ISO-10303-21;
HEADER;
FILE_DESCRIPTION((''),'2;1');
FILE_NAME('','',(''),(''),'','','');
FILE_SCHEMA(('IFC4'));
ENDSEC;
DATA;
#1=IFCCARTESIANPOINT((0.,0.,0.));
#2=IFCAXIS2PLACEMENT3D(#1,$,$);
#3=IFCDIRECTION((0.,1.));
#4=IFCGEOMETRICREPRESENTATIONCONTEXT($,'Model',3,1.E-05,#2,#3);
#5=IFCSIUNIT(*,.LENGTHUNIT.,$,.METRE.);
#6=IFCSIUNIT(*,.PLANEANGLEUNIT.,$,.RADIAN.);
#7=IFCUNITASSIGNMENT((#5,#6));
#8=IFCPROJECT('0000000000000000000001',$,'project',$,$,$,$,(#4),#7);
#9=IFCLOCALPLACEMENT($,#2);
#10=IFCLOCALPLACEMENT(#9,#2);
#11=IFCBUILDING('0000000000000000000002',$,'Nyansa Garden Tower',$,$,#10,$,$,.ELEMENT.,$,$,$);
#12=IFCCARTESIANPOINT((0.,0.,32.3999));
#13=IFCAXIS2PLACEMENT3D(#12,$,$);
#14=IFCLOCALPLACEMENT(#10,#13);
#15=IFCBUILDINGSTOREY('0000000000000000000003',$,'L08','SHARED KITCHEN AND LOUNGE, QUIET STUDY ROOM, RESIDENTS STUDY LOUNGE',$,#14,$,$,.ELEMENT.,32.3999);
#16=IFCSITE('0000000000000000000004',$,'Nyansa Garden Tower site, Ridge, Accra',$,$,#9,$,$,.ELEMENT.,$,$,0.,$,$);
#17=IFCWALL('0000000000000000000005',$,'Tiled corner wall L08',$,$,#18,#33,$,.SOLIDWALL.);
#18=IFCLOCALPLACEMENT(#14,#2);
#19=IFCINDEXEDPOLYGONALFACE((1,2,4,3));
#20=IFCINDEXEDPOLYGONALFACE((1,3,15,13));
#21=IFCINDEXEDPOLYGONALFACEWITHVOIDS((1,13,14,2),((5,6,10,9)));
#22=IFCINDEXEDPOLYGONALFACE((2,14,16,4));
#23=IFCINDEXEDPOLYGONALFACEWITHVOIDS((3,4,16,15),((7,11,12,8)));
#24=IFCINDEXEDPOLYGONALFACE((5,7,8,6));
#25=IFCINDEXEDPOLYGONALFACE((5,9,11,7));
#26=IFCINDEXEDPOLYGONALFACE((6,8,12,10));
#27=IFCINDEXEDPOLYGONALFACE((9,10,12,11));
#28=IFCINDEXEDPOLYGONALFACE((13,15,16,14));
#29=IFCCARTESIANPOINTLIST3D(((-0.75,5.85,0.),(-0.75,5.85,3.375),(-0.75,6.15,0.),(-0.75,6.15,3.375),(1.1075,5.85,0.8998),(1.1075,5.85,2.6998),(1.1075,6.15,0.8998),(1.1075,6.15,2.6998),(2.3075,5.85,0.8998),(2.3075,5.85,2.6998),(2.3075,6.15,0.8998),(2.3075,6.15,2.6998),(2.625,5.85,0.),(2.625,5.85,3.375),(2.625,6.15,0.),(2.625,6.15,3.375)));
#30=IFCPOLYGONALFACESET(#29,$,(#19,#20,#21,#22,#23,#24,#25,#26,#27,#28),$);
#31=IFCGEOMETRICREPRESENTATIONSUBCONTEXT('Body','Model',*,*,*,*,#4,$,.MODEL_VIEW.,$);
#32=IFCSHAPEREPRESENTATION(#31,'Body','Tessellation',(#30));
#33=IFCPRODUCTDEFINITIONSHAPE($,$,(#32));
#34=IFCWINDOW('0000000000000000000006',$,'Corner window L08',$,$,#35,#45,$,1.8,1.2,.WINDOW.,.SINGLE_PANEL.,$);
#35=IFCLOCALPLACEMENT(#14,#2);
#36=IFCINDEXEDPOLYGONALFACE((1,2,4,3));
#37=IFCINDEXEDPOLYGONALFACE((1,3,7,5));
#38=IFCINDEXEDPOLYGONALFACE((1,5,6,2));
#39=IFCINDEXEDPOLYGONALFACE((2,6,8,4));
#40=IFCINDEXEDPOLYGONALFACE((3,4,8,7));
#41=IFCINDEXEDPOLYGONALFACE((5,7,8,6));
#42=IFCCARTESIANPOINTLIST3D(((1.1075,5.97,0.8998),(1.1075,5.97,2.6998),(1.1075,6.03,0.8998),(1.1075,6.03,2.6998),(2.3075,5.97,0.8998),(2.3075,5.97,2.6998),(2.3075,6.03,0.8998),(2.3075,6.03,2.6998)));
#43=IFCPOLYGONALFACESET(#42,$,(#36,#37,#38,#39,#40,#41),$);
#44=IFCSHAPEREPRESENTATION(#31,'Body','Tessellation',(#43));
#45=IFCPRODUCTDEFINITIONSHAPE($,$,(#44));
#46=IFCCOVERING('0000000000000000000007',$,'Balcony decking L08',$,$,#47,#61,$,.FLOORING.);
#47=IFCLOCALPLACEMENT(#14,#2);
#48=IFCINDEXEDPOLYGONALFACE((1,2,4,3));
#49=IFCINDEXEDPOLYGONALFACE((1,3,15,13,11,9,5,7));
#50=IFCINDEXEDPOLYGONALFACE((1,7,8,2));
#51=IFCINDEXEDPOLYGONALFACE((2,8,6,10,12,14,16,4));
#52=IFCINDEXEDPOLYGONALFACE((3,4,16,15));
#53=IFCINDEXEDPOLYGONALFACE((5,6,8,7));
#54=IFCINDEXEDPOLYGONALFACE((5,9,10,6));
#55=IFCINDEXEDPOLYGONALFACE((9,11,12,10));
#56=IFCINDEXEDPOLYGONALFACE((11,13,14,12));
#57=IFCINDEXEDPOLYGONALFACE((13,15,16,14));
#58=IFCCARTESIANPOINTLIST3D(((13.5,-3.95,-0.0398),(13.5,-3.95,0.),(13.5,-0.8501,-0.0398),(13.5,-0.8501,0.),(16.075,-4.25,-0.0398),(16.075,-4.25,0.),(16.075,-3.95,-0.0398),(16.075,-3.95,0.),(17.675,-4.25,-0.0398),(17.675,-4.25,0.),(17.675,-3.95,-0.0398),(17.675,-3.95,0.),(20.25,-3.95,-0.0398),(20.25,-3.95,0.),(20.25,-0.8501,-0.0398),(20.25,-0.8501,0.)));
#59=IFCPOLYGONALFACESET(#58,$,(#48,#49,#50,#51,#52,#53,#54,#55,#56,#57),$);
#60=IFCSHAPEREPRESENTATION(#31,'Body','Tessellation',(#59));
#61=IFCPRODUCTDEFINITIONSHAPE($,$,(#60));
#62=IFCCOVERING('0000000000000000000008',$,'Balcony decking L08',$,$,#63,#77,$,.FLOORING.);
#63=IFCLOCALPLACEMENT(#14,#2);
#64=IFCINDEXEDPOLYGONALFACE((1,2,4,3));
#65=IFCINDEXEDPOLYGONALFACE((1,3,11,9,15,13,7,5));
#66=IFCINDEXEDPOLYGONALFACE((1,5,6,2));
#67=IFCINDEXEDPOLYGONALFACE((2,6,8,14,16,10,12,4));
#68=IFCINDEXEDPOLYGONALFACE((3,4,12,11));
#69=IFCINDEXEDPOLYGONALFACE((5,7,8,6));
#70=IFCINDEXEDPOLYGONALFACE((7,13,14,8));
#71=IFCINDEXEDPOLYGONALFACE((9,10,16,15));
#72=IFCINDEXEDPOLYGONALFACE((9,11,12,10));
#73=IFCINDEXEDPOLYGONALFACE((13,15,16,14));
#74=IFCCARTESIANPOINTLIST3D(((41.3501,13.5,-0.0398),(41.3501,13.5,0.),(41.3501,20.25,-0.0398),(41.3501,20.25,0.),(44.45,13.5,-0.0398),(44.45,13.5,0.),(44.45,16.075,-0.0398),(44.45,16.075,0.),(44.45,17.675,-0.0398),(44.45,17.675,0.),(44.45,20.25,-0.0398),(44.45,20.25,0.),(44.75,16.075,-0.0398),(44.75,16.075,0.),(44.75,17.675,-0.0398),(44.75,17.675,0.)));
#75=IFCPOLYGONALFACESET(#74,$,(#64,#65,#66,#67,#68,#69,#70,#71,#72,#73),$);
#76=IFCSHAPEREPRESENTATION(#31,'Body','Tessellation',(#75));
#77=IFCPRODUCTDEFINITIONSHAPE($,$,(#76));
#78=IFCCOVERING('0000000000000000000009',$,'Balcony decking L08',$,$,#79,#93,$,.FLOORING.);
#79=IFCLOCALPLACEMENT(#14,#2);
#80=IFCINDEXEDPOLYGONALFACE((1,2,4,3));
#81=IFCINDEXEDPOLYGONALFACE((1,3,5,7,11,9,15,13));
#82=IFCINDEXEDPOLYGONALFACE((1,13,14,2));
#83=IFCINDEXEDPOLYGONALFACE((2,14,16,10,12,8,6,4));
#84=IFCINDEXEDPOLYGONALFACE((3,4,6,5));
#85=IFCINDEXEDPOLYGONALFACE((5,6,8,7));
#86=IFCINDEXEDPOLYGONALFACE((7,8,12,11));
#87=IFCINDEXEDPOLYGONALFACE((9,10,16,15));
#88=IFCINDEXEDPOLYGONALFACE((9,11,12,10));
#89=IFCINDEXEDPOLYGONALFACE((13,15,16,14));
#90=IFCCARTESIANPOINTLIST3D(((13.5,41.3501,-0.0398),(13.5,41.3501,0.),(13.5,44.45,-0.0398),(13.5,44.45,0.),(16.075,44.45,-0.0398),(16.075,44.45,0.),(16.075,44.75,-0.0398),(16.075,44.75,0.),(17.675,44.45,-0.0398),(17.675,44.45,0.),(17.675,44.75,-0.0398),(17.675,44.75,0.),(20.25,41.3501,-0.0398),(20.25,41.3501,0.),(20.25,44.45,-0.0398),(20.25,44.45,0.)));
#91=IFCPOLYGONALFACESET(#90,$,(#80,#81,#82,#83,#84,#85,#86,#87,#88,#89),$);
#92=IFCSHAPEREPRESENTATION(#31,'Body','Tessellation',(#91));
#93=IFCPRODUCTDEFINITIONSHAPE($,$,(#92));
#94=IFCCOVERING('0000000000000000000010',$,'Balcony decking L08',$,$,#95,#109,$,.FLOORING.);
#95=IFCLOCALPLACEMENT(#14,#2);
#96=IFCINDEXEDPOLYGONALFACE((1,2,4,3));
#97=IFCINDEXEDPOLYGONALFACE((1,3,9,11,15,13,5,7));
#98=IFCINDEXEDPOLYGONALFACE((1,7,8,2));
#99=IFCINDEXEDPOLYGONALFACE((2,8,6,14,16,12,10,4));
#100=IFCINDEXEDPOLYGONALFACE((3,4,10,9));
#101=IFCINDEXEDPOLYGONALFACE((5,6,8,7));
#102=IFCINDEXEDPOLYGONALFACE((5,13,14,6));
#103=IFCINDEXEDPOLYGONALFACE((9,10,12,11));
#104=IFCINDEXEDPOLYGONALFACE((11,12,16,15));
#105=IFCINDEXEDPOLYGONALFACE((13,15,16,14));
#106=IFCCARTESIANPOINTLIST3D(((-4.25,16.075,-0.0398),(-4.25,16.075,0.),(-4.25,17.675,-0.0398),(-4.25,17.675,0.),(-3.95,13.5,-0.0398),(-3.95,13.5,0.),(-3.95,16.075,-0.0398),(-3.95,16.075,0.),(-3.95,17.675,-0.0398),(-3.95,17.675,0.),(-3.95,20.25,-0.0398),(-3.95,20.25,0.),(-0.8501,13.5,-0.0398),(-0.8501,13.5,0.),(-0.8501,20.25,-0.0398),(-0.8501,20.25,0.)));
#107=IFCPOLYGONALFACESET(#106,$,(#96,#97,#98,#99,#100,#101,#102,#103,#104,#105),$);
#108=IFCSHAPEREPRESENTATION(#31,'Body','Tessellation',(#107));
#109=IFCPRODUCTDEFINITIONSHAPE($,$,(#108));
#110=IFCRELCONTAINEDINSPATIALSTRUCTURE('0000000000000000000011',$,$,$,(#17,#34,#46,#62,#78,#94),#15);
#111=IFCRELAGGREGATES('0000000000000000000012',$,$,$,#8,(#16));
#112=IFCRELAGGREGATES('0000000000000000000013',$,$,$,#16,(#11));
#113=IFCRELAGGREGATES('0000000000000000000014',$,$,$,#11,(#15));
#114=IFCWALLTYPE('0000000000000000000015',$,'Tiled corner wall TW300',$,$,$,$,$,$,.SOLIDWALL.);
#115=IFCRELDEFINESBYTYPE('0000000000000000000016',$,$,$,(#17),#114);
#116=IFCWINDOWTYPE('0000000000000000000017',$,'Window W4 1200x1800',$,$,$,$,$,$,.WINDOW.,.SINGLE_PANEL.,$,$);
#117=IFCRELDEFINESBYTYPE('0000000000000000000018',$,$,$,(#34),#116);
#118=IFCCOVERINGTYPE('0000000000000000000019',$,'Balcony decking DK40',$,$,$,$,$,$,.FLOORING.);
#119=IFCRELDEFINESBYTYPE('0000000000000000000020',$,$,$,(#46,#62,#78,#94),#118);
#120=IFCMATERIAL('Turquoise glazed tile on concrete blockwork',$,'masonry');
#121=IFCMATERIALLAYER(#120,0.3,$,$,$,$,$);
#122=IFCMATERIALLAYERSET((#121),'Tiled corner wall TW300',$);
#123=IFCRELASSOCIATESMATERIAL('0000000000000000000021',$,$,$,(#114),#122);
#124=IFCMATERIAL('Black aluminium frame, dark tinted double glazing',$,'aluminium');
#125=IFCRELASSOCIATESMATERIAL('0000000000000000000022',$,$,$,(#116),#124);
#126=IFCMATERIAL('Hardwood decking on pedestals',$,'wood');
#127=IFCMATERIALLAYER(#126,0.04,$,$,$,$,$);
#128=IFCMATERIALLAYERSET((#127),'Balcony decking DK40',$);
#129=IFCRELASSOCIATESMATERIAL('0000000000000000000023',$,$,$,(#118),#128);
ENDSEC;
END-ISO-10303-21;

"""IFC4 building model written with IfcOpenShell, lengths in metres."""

from ifc_helpers import new_model, si_unit, direction, frame, frame_2d, origin, place, context, subcontext, project, spatial, polyline, rectangle, outline, extrude, material, layer, layer_set, type_object, element, fill, save


model = new_model("IFC4")

# Units and contexts
model_context = context("Model", 3, precision=1e-05, world=origin(), true_north=direction((0.0, 1.0)))
body_context = subcontext(model_context, "Body", "Model", "MODEL_VIEW")
ifc_project = project(units=[si_unit("LENGTHUNIT", "METRE"), si_unit("PLANEANGLEUNIT", "RADIAN")], contexts=[model_context])

# Site, building, storey
site_placement = place(None, origin())
site = spatial("IfcSite", under=ifc_project, at=site_placement, Name="Nyansa Garden Tower site, Ridge, Accra", CompositionType="ELEMENT", RefElevation=0.0)
building_placement = place(site_placement, origin())
building = spatial("IfcBuilding", under=site, at=building_placement, Name="Nyansa Garden Tower", CompositionType="ELEMENT")
storey_placement = place(building_placement, frame((0.0, 0.0, 32.3999)))
storey = spatial("IfcBuildingStorey", under=building, at=storey_placement, Name="L08", Description="SHARED KITCHEN AND LOUNGE, QUIET STUDY ROOM, RESIDENTS STUDY LOUNGE", CompositionType="ELEMENT", Elevation=32.3999)

# Wall, opening, window
ifc_material_1 = material(Name="Turquoise glazed tile on concrete blockwork", Category="masonry")
ifc_layer_1 = layer(ifc_material_1, 0.3)
ifc_layer_set_1 = layer_set([ifc_layer_1], Name="Tiled corner wall TW300")
wall_type = type_object("IfcWallType", Name="Tiled corner wall TW300", PredefinedType="SOLIDWALL", material=ifc_layer_set_1)
wall_placement = place(storey_placement, frame((-0.75, 6.0, 0.0), z_axis=(0.0, 0.0, 1.0), x_axis=(1.0, 0.0, 0.0)))
wall = element("IfcWall", 1, at=wall_placement, inside=storey, type_object=wall_type, Name="Tiled corner wall L08", PredefinedType="SOLIDWALL", context=body_context, shape_type="SweptSolid", body=[
    extrude(rectangle(XDim=3.375, YDim=0.3, at=frame_2d((1.6875, 0.0))), origin(), (0.0, 0.0, 1.0), 3.375),
])
opening_placement = place(wall_placement, frame((1.8574, 0.0, 0.8999)))
opening = element("IfcOpeningElement", 2, at=opening_placement, cuts=wall, PredefinedType="OPENING", context=body_context, shape_type="SweptSolid", body=[
    extrude(rectangle(XDim=1.2, YDim=1.8, at=frame_2d((0.6001, 0.8999))), frame((0.0, 0.1599, 0.0), z_axis=(0.0, -1.0, 0.0), x_axis=(1.0, 0.0, 0.0)), (0.0, 0.0, 1.0), 0.3201),
])
ifc_material_2 = material(Name="Black aluminium frame, dark tinted double glazing", Category="aluminium")
window_type = type_object("IfcWindowType", Name="Window W4 1200x1800", PartitioningType="SINGLE_PANEL", PredefinedType="WINDOW", material=ifc_material_2)
window_placement = place(opening_placement, origin())
window = element("IfcWindow", 3, at=window_placement, inside=storey, type_object=window_type, Name="Corner window L08", OverallHeight=1.8, OverallWidth=1.2, PartitioningType="SINGLE_PANEL", PredefinedType="WINDOW", context=body_context, shape_type="SweptSolid", body=[
    extrude(rectangle(XDim=1.2, YDim=1.8, at=frame_2d((0.6001, 0.8999))), frame((0.0, 0.03, 0.0), z_axis=(0.0, -1.0, 0.0), x_axis=(1.0, 0.0, 0.0)), (0.0, 0.0, 1.0), 0.0601),
])
fill(opening, window)

# Coverings
ifc_material_3 = material(Name="Hardwood decking on pedestals", Category="wood")
ifc_layer_2 = layer(ifc_material_3, 0.04)
ifc_layer_set_2 = layer_set([ifc_layer_2], Name="Balcony decking DK40")
covering_type = type_object("IfcCoveringType", Name="Balcony decking DK40", PredefinedType="FLOORING", material=ifc_layer_set_2)
covering_1_placement = place(storey_placement, frame((0.0, 0.0, -0.0398)))
element("IfcCovering", 4, at=covering_1_placement, inside=storey, type_object=covering_type, Name="Balcony decking L08", PredefinedType="FLOORING", context=body_context, shape_type="SweptSolid", body=[
    extrude(outline(polyline([(13.5, -0.8501), (20.25, -0.8501), (20.25, -3.95), (17.675, -3.95), (17.675, -4.25), (16.075, -4.25), (16.075, -3.95), (13.5, -3.95), (13.5, -0.8501)])), origin(), (0.0, 0.0, 1.0), 0.0398),
])
covering_2_placement = place(storey_placement, frame((0.0, 0.0, -0.0398)))
element("IfcCovering", 5, at=covering_2_placement, inside=storey, type_object=covering_type, Name="Balcony decking L08", PredefinedType="FLOORING", context=body_context, shape_type="SweptSolid", body=[
    extrude(outline(polyline([(41.3501, 13.5), (41.3501, 20.25), (44.45, 20.25), (44.45, 17.675), (44.75, 17.675), (44.75, 16.075), (44.45, 16.075), (44.45, 13.5), (41.3501, 13.5)])), origin(), (0.0, 0.0, 1.0), 0.0398),
])
covering_3_placement = place(storey_placement, frame((0.0, 0.0, -0.0398)))
element("IfcCovering", 6, at=covering_3_placement, inside=storey, type_object=covering_type, Name="Balcony decking L08", PredefinedType="FLOORING", context=body_context, shape_type="SweptSolid", body=[
    extrude(outline(polyline([(13.5, 41.3501), (20.25, 41.3501), (20.25, 44.45), (17.675, 44.45), (17.675, 44.75), (16.075, 44.75), (16.075, 44.45), (13.5, 44.45), (13.5, 41.3501)])), origin(), (0.0, 0.0, 1.0), 0.0398),
])
covering_4_placement = place(storey_placement, frame((0.0, 0.0, -0.0398)))
element("IfcCovering", 7, at=covering_4_placement, inside=storey, type_object=covering_type, Name="Balcony decking L08", PredefinedType="FLOORING", context=body_context, shape_type="SweptSolid", body=[
    extrude(outline(polyline([(-0.8501, 13.5), (-0.8501, 20.25), (-3.95, 20.25), (-3.95, 17.675), (-4.25, 17.675), (-4.25, 16.075), (-3.95, 16.075), (-3.95, 13.5), (-0.8501, 13.5)])), origin(), (0.0, 0.0, 1.0), 0.0398),
])

save(model, "model.ifc")
